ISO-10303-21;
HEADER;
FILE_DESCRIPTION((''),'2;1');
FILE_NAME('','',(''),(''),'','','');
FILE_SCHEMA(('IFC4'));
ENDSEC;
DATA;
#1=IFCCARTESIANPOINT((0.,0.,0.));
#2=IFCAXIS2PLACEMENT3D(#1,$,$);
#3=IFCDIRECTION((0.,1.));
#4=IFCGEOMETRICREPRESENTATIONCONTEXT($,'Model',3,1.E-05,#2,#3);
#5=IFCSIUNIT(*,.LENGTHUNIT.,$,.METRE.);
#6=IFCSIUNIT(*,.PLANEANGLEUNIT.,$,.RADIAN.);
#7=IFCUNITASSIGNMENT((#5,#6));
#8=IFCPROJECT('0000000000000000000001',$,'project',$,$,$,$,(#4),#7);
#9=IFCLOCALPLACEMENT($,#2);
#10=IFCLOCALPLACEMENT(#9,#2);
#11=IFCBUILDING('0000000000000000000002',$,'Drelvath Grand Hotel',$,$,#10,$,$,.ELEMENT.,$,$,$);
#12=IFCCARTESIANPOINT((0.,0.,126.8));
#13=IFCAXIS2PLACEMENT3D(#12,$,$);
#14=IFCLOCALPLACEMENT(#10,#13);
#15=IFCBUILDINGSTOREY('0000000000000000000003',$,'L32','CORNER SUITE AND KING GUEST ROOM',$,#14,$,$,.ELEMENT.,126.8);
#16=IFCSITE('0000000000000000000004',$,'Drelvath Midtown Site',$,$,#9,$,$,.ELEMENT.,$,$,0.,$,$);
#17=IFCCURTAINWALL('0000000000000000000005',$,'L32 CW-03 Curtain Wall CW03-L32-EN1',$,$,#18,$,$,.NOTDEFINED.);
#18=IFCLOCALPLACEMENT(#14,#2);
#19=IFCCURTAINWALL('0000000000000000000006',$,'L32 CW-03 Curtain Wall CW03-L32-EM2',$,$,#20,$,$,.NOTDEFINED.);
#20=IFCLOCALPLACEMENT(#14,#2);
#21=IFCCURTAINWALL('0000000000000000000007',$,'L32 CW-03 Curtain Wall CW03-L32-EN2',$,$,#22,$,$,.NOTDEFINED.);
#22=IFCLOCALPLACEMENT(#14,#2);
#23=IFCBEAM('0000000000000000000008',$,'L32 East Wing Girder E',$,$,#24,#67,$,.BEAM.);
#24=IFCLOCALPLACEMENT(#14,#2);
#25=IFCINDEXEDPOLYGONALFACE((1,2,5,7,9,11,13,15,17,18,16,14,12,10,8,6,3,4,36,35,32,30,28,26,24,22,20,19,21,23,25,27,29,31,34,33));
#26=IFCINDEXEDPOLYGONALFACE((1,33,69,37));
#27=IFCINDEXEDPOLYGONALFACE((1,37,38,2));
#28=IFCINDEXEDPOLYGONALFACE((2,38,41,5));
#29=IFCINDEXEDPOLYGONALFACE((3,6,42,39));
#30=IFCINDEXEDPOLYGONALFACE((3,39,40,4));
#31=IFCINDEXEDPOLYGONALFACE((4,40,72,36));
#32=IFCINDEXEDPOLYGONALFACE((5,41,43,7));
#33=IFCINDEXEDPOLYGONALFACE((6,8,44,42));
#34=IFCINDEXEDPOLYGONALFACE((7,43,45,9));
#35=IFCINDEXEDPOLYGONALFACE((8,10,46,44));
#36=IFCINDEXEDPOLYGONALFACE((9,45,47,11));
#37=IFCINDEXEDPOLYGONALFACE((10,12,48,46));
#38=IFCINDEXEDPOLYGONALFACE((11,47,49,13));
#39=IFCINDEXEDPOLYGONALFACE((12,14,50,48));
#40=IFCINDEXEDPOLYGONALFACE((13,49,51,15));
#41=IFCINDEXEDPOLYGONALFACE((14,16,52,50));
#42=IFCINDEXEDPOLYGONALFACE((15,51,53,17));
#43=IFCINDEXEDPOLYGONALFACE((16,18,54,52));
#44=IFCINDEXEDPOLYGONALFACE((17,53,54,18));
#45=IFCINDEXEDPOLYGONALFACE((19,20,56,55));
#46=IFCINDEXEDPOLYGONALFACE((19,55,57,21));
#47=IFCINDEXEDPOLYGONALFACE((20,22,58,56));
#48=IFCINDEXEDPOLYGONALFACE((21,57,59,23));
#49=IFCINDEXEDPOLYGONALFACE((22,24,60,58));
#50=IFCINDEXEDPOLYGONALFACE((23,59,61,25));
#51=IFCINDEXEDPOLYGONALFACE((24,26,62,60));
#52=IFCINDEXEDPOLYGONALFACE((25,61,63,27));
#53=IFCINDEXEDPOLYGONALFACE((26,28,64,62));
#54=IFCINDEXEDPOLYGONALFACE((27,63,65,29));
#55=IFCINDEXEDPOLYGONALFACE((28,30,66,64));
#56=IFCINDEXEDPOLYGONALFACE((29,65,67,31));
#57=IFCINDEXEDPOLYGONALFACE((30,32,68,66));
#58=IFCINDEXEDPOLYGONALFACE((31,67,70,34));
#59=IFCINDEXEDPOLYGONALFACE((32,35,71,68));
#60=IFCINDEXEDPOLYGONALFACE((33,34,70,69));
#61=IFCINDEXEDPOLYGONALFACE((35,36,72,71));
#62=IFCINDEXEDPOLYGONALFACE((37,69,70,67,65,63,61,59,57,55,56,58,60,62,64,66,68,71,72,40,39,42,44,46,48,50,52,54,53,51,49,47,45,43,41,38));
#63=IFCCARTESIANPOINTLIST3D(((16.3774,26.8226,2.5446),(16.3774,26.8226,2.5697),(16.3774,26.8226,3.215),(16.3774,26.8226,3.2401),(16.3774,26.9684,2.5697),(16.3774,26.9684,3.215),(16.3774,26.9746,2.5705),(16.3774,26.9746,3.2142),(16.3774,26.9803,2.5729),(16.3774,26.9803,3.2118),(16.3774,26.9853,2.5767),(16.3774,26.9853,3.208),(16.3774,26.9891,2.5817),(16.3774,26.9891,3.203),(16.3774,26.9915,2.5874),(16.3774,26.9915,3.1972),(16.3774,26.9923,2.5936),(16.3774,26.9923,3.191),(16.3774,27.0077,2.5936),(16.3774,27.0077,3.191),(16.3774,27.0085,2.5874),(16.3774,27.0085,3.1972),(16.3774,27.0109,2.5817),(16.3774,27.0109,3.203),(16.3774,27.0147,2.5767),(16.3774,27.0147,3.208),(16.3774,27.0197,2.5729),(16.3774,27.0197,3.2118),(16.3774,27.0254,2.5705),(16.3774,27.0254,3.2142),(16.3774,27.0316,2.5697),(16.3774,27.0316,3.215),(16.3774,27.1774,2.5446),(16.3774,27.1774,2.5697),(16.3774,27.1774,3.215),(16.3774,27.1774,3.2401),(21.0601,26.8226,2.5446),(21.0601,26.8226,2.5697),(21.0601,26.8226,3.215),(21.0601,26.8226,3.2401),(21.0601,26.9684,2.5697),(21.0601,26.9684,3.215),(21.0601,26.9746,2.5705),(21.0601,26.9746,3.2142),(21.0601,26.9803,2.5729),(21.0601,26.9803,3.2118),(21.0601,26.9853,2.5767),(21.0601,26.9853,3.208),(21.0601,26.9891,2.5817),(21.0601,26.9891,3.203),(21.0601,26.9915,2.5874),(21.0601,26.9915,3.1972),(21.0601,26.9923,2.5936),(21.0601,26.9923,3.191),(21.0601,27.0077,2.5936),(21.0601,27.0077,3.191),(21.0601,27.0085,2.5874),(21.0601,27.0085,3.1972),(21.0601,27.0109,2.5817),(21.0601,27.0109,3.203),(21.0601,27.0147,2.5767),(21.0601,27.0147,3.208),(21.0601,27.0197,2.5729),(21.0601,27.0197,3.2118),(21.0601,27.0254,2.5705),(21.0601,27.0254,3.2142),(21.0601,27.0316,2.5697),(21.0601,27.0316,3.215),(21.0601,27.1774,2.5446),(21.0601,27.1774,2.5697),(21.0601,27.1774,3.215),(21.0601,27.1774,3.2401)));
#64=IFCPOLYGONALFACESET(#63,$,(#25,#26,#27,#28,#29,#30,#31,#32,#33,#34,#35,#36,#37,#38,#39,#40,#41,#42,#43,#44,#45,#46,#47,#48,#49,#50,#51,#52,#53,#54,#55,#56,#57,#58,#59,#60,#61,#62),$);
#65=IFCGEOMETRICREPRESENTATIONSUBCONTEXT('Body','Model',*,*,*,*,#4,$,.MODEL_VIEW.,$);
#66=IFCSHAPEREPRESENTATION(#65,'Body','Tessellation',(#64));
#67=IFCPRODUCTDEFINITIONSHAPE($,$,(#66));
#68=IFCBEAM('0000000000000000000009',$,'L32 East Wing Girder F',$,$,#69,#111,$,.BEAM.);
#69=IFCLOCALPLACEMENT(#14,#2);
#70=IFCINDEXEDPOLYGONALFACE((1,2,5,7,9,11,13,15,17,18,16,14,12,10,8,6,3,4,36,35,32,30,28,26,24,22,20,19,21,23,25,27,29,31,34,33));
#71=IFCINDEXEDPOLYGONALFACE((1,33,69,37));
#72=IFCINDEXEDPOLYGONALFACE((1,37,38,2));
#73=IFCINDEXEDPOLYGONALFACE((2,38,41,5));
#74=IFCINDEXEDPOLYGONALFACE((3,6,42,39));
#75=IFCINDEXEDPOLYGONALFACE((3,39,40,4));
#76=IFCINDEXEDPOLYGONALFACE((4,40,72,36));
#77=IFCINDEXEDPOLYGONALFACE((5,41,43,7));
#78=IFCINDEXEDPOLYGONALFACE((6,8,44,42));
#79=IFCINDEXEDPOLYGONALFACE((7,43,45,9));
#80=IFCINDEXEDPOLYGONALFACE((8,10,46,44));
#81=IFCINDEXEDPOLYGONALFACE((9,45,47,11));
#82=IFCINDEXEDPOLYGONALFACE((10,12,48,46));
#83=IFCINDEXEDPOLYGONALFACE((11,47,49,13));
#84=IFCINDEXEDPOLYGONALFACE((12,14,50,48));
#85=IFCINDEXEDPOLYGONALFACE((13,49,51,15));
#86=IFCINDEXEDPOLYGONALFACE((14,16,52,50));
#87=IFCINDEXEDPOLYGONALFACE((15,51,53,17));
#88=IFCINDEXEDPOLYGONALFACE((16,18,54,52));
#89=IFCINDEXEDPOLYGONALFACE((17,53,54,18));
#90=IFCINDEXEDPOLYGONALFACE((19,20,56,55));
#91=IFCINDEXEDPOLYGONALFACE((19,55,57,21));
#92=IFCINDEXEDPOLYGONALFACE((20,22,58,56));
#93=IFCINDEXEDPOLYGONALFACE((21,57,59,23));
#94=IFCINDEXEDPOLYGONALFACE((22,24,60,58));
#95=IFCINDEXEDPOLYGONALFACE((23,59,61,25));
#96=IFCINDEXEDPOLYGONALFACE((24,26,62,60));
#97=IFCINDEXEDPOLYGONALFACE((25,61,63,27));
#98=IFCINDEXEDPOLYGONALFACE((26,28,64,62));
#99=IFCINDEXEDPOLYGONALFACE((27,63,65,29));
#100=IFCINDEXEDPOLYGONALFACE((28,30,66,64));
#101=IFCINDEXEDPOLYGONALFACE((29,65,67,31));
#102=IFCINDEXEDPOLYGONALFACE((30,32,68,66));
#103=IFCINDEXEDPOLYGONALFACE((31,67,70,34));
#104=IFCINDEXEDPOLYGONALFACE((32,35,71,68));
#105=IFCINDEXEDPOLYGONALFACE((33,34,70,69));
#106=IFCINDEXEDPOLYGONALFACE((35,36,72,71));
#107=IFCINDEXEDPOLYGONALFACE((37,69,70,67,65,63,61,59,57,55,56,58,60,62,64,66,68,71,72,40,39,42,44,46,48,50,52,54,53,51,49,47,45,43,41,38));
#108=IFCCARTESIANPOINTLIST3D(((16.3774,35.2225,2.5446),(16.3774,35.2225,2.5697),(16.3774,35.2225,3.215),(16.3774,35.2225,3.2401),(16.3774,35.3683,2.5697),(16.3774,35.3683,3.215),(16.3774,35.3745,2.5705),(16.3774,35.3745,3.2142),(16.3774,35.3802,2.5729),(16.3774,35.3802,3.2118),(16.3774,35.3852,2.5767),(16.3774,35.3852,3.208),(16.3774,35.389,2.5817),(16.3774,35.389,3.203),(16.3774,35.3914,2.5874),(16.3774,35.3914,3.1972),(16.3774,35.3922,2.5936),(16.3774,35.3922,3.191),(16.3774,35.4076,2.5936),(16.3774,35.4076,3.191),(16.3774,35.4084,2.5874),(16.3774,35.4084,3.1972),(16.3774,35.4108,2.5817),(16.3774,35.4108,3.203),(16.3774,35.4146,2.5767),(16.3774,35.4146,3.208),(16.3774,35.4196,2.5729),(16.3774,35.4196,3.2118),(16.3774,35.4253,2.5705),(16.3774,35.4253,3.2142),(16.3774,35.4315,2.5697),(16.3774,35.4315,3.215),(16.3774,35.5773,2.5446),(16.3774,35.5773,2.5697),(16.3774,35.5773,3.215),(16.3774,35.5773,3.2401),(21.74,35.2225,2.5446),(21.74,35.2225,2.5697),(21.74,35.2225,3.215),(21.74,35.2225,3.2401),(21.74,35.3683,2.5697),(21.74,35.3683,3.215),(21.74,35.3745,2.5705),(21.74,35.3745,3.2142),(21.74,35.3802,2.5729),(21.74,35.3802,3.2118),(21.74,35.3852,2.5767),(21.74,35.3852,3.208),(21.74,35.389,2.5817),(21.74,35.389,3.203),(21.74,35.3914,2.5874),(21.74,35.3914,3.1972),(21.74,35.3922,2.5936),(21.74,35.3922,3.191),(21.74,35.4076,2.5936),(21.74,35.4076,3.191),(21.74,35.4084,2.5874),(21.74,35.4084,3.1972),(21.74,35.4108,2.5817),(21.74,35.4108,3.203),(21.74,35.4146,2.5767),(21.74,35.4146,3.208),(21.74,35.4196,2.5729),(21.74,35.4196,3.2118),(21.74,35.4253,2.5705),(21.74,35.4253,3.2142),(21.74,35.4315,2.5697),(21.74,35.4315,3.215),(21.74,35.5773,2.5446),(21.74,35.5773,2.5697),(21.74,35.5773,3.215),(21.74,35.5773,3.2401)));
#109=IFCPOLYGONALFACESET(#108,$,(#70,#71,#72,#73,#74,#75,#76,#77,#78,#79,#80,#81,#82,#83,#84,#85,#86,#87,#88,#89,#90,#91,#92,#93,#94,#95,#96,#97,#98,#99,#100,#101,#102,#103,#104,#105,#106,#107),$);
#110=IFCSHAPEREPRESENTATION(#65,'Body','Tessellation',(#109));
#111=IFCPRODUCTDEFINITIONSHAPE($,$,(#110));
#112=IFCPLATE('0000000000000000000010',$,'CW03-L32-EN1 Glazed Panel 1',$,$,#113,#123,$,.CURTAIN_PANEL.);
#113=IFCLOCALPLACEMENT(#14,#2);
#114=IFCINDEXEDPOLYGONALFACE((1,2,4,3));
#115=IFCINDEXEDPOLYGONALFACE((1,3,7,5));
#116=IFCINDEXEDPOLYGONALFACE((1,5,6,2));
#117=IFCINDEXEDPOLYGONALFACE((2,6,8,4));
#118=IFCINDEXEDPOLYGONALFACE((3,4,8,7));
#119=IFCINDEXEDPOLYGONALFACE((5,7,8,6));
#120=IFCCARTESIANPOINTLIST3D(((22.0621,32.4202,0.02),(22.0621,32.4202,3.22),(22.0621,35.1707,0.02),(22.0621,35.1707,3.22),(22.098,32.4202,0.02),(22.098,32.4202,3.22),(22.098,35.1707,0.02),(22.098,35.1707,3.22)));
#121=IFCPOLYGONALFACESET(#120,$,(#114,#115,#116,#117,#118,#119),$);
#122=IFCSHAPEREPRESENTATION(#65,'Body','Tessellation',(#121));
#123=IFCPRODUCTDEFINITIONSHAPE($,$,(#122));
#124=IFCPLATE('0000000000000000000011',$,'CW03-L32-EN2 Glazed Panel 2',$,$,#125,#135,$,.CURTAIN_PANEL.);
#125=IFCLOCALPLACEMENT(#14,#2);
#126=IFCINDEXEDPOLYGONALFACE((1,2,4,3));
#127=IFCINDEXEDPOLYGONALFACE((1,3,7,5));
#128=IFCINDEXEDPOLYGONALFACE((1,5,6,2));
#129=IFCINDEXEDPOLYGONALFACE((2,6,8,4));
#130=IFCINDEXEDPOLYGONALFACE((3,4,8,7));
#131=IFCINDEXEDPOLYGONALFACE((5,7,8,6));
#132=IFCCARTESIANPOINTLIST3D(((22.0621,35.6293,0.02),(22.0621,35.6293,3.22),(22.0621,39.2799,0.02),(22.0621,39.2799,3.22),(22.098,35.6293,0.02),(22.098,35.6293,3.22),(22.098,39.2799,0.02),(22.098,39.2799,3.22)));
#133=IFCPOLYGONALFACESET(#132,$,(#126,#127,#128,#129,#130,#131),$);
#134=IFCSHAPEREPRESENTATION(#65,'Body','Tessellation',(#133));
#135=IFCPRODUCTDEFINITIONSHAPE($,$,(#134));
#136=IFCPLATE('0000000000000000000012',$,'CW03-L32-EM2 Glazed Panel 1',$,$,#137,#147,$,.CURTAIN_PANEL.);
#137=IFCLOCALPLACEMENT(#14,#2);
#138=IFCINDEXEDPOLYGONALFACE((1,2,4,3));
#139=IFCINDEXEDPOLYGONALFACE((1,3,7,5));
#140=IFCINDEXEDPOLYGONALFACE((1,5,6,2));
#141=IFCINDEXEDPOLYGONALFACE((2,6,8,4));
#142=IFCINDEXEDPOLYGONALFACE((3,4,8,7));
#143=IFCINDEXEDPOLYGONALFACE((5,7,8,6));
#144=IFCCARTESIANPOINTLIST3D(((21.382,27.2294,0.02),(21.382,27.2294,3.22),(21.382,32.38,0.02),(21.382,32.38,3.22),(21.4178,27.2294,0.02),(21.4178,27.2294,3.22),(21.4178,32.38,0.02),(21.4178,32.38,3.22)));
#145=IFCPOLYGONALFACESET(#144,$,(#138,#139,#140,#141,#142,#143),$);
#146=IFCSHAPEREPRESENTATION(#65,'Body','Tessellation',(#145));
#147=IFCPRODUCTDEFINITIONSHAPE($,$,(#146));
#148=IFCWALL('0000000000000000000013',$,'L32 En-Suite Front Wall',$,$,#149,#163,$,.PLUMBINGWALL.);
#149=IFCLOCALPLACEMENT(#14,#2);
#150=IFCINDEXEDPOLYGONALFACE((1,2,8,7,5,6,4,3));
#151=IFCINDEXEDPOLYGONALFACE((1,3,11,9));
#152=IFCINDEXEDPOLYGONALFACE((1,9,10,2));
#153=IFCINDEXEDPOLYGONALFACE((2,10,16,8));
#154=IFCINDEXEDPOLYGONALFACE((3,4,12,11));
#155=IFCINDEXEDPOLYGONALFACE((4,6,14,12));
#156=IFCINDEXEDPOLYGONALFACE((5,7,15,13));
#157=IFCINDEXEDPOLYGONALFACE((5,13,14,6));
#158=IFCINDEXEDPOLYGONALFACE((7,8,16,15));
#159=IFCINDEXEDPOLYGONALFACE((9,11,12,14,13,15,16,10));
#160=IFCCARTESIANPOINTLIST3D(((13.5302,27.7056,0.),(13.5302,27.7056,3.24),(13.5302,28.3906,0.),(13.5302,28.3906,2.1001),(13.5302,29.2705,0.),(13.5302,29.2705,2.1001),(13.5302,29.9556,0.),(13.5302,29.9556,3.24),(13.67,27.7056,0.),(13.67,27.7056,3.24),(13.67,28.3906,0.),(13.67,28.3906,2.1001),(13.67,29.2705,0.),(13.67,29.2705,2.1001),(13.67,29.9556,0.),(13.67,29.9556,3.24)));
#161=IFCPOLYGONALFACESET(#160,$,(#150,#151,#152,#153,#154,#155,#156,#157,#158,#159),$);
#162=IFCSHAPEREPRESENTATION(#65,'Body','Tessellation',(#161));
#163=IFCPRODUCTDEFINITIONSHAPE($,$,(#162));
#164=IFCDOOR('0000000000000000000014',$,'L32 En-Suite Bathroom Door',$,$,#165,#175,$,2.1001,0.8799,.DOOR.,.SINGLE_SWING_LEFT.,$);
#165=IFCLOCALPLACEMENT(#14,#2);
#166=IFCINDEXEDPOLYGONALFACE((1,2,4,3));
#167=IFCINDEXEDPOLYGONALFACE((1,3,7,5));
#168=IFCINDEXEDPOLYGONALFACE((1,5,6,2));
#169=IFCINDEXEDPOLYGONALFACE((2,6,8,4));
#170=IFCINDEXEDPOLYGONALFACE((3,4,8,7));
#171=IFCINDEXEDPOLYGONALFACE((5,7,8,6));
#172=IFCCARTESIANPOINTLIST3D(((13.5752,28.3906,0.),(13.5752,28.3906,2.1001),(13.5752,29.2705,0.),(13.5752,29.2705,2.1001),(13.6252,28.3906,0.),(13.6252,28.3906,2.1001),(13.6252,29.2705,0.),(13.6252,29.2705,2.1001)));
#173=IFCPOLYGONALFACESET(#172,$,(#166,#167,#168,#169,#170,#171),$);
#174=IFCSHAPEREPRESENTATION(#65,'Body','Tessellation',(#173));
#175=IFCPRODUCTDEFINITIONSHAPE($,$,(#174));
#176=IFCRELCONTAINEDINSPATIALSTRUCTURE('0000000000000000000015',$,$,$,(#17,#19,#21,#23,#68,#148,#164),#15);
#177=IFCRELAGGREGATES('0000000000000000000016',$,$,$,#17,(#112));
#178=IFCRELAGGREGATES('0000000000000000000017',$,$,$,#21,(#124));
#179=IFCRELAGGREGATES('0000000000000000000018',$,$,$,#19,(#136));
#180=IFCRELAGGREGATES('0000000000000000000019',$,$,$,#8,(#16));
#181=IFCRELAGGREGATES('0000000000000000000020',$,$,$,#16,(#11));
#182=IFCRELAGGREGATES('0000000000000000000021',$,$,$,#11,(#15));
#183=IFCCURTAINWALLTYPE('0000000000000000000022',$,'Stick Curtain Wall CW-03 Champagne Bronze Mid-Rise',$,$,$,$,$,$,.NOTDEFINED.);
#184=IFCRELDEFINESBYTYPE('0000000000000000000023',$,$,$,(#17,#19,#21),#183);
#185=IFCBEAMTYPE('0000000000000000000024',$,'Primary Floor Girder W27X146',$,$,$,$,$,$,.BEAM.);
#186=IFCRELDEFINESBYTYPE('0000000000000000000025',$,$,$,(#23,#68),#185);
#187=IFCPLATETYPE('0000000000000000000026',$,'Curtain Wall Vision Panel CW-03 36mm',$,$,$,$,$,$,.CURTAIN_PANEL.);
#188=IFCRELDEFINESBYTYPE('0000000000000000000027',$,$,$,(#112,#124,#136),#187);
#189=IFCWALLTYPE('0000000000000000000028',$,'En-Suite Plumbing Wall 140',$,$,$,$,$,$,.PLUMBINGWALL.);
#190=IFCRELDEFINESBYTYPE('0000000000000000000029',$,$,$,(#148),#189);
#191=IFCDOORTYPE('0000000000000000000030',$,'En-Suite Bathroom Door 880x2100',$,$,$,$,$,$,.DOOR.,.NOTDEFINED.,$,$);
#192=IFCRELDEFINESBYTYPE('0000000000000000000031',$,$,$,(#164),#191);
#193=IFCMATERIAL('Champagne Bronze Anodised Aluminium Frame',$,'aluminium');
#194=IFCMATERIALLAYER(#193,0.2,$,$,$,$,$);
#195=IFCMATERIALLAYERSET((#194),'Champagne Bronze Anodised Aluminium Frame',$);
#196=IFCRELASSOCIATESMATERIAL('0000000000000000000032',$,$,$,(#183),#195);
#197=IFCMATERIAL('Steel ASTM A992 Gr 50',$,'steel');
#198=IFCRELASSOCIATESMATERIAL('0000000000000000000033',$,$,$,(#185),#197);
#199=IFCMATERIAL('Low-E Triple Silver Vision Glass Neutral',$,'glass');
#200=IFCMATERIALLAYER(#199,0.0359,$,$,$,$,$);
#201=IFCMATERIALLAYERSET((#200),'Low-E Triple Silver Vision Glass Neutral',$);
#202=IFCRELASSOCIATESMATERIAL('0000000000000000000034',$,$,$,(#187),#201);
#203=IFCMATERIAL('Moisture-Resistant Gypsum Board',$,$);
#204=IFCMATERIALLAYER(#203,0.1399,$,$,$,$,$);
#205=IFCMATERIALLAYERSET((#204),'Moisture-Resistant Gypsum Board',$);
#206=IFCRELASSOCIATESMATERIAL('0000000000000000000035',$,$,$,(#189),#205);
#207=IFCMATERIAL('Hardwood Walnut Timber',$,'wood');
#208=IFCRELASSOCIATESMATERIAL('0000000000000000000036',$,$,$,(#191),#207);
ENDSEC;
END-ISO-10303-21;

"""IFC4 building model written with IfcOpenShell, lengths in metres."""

from ifc_helpers import new_model, si_unit, direction, frame, frame_2d, origin, origin_2d, place, context, subcontext, project, spatial, rectangle, i_section, extrude, material, layer, layer_set, material_profile, profile_set, type_object, element, fill, aggregate, save


model = new_model("IFC4")

# Units and contexts
model_context = context("Model", 3, precision=1e-05, world=origin(), true_north=direction((0.0, 1.0)))
body_context = subcontext(model_context, "Body", "Model", "MODEL_VIEW")
ifc_project = project(units=[si_unit("LENGTHUNIT", "METRE"), si_unit("PLANEANGLEUNIT", "RADIAN")], contexts=[model_context])

# Site, building, storey
site_placement = place(None, origin())
site = spatial("IfcSite", under=ifc_project, at=site_placement, Name="Drelvath Midtown Site", CompositionType="ELEMENT", RefElevation=0.0)
building_placement = place(site_placement, origin())
building = spatial("IfcBuilding", under=site, at=building_placement, Name="Drelvath Grand Hotel", CompositionType="ELEMENT")
storey_placement = place(building_placement, frame((0.0, 0.0, 126.8)))
storey = spatial("IfcBuildingStorey", under=building, at=storey_placement, Name="L32", Description="CORNER SUITE AND KING GUEST ROOM", CompositionType="ELEMENT", Elevation=126.8)

# Curtain walls
ifc_material_1 = material(Name="Champagne Bronze Anodised Aluminium Frame", Category="aluminium")
ifc_layer_1 = layer(ifc_material_1, 0.2)
ifc_layer_set_1 = layer_set([ifc_layer_1], Name="Champagne Bronze Anodised Aluminium Frame")
curtain_wall_type = type_object("IfcCurtainWallType", Name="Stick Curtain Wall CW-03 Champagne Bronze Mid-Rise", PredefinedType="NOTDEFINED", material=ifc_layer_set_1)
curtain_wall_1_placement = place(storey_placement, origin())
curtain_wall_1 = element("IfcCurtainWall", 1, at=curtain_wall_1_placement, inside=storey, type_object=curtain_wall_type, Name="L32 CW-03 Curtain Wall CW03-L32-EN1", PredefinedType="NOTDEFINED")
curtain_wall_2_placement = place(storey_placement, origin())
curtain_wall_2 = element("IfcCurtainWall", 2, at=curtain_wall_2_placement, inside=storey, type_object=curtain_wall_type, Name="L32 CW-03 Curtain Wall CW03-L32-EM2", PredefinedType="NOTDEFINED")

# Curtain wall
curtain_wall_3_placement = place(storey_placement, origin())
curtain_wall_3 = element("IfcCurtainWall", 3, at=curtain_wall_3_placement, inside=storey, type_object=curtain_wall_type, Name="L32 CW-03 Curtain Wall CW03-L32-EN2", PredefinedType="NOTDEFINED")

# Beams
ifc_material_2 = material(Name="Steel ASTM A992 Gr 50", Category="steel")
ifc_material_profile_1 = material_profile(ifc_material_2, i_section(OverallWidth=0.3547, OverallDepth=0.6956, WebThickness=0.0154, FlangeThickness=0.0251, FilletRadius=0.0239, at=origin_2d()), Name="W27X146")
ifc_profile_set_1 = profile_set([ifc_material_profile_1], Name="Steel ASTM A992 Gr 50")
beam_type_1 = type_object("IfcBeamType", Name="Primary Floor Girder W27X146", PredefinedType="BEAM", material=ifc_profile_set_1)
beam_1_placement = place(storey_placement, frame((16.3774, 27.0, 2.8923), z_axis=(1.0, 0.0, 0.0), x_axis=(0.0, 1.0, 0.0)))
element("IfcBeam", 4, at=beam_1_placement, inside=storey, type_object=beam_type_1, Name="L32 East Wing Girder E", PredefinedType="BEAM", context=body_context, shape_type="SweptSolid", body=[
    extrude(i_section(OverallWidth=0.3547, OverallDepth=0.6956, WebThickness=0.0154, FlangeThickness=0.0251, FilletRadius=0.0239, at=origin_2d()), origin(), (0.0, 0.0, 1.0), 4.6826),
])
beam_2_placement = place(storey_placement, frame((16.3774, 35.3999, 2.8923), z_axis=(1.0, 0.0, 0.0), x_axis=(0.0, 1.0, 0.0)))
element("IfcBeam", 5, at=beam_2_placement, inside=storey, type_object=beam_type_1, Name="L32 East Wing Girder F", PredefinedType="BEAM", context=body_context, shape_type="SweptSolid", body=[
    extrude(i_section(OverallWidth=0.3547, OverallDepth=0.6956, WebThickness=0.0154, FlangeThickness=0.0251, FilletRadius=0.0239, at=origin_2d()), origin(), (0.0, 0.0, 1.0), 5.3625),
])

# Plates
ifc_material_3 = material(Name="Low-E Triple Silver Vision Glass Neutral", Category="glass")
ifc_layer_2 = layer(ifc_material_3, 0.0359)
ifc_layer_set_2 = layer_set([ifc_layer_2], Name="Low-E Triple Silver Vision Glass Neutral")
plate_type = type_object("IfcPlateType", Name="Curtain Wall Vision Panel CW-03 36mm", PredefinedType="CURTAIN_PANEL", material=ifc_layer_set_2)
plate_1_placement = place(storey_placement, frame((22.0801, 33.7954, 0.02), z_axis=(0.0, 0.0, 1.0), x_axis=(0.0, -1.0, 0.0)))
plate_1 = element("IfcPlate", 6, at=plate_1_placement, type_object=plate_type, Name="CW03-L32-EN1 Glazed Panel 1", PredefinedType="CURTAIN_PANEL", context=body_context, shape_type="SweptSolid", body=[
    extrude(rectangle(XDim=2.7505, YDim=0.0359, at=origin_2d()), origin(), (0.0, 0.0, 1.0), 3.2),
])
aggregate(curtain_wall_1, [plate_1])
plate_2_placement = place(storey_placement, frame((22.0801, 37.4546, 0.02), z_axis=(0.0, 0.0, 1.0), x_axis=(0.0, -1.0, 0.0)))
plate_2 = element("IfcPlate", 7, at=plate_2_placement, type_object=plate_type, Name="CW03-L32-EN2 Glazed Panel 2", PredefinedType="CURTAIN_PANEL", context=body_context, shape_type="SweptSolid", body=[
    extrude(rectangle(XDim=3.6506, YDim=0.0359, at=origin_2d()), origin(), (0.0, 0.0, 1.0), 3.2),
])
aggregate(curtain_wall_3, [plate_2])
plate_3_placement = place(storey_placement, frame((21.3999, 29.8047, 0.02), z_axis=(0.0, 0.0, 1.0), x_axis=(0.0, -1.0, 0.0)))
plate_3 = element("IfcPlate", 8, at=plate_3_placement, type_object=plate_type, Name="CW03-L32-EM2 Glazed Panel 1", PredefinedType="CURTAIN_PANEL", context=body_context, shape_type="SweptSolid", body=[
    extrude(rectangle(XDim=5.1506, YDim=0.0359, at=origin_2d()), origin(), (0.0, 0.0, 1.0), 3.2),
])
aggregate(curtain_wall_2, [plate_3])

# Wall, opening, door
ifc_material_4 = material(Name="Moisture-Resistant Gypsum Board")
ifc_layer_3 = layer(ifc_material_4, 0.1399)
ifc_layer_set_3 = layer_set([ifc_layer_3], Name="Moisture-Resistant Gypsum Board")
wall_type_1 = type_object("IfcWallType", Name="En-Suite Plumbing Wall 140", PredefinedType="PLUMBINGWALL", material=ifc_layer_set_3)
wall_1_placement = place(storey_placement, frame((13.6001, 27.7056, 0.0), z_axis=(0.0, 0.0, 1.0), x_axis=(0.0, 1.0, 0.0)))
wall_1 = element("IfcWall", 9, at=wall_1_placement, inside=storey, type_object=wall_type_1, Name="L32 En-Suite Front Wall", PredefinedType="PLUMBINGWALL", context=body_context, shape_type="SweptSolid", body=[
    extrude(rectangle(XDim=2.25, YDim=0.1399, at=frame_2d((1.125, 0.0))), origin(), (0.0, 0.0, 1.0), 3.24),
])
opening_1_placement = place(wall_1_placement, frame((0.6851, 0.0, 0.0)))
opening_1 = element("IfcOpeningElement", 10, at=opening_1_placement, cuts=wall_1, PredefinedType="OPENING", context=body_context, shape_type="SweptSolid", body=[
    extrude(rectangle(XDim=0.8799, YDim=2.1001, at=frame_2d((0.4399, 1.05))), frame((0.0, 0.0798, 0.0), z_axis=(0.0, -1.0, 0.0), x_axis=(1.0, 0.0, 0.0)), (0.0, 0.0, 1.0), 0.1599),
])
ifc_material_5 = material(Name="Hardwood Walnut Timber", Category="wood")
door_type = type_object("IfcDoorType", Name="En-Suite Bathroom Door 880x2100", OperationType="NOTDEFINED", PredefinedType="DOOR", material=ifc_material_5)
door_1_placement = place(opening_1_placement, origin())
door_1 = element("IfcDoor", 11, at=door_1_placement, inside=storey, type_object=door_type, Name="L32 En-Suite Bathroom Door", OperationType="SINGLE_SWING_LEFT", OverallHeight=2.1001, OverallWidth=0.8799, PredefinedType="DOOR", context=body_context, shape_type="SweptSolid", body=[
    extrude(rectangle(XDim=0.8799, YDim=2.1001, at=frame_2d((0.4399, 1.05))), frame((0.0, 0.0249, 0.0), z_axis=(0.0, -1.0, 0.0), x_axis=(1.0, 0.0, 0.0)), (0.0, 0.0, 1.0), 0.05),
])
fill(opening_1, door_1)

save(model, "model.ifc")
